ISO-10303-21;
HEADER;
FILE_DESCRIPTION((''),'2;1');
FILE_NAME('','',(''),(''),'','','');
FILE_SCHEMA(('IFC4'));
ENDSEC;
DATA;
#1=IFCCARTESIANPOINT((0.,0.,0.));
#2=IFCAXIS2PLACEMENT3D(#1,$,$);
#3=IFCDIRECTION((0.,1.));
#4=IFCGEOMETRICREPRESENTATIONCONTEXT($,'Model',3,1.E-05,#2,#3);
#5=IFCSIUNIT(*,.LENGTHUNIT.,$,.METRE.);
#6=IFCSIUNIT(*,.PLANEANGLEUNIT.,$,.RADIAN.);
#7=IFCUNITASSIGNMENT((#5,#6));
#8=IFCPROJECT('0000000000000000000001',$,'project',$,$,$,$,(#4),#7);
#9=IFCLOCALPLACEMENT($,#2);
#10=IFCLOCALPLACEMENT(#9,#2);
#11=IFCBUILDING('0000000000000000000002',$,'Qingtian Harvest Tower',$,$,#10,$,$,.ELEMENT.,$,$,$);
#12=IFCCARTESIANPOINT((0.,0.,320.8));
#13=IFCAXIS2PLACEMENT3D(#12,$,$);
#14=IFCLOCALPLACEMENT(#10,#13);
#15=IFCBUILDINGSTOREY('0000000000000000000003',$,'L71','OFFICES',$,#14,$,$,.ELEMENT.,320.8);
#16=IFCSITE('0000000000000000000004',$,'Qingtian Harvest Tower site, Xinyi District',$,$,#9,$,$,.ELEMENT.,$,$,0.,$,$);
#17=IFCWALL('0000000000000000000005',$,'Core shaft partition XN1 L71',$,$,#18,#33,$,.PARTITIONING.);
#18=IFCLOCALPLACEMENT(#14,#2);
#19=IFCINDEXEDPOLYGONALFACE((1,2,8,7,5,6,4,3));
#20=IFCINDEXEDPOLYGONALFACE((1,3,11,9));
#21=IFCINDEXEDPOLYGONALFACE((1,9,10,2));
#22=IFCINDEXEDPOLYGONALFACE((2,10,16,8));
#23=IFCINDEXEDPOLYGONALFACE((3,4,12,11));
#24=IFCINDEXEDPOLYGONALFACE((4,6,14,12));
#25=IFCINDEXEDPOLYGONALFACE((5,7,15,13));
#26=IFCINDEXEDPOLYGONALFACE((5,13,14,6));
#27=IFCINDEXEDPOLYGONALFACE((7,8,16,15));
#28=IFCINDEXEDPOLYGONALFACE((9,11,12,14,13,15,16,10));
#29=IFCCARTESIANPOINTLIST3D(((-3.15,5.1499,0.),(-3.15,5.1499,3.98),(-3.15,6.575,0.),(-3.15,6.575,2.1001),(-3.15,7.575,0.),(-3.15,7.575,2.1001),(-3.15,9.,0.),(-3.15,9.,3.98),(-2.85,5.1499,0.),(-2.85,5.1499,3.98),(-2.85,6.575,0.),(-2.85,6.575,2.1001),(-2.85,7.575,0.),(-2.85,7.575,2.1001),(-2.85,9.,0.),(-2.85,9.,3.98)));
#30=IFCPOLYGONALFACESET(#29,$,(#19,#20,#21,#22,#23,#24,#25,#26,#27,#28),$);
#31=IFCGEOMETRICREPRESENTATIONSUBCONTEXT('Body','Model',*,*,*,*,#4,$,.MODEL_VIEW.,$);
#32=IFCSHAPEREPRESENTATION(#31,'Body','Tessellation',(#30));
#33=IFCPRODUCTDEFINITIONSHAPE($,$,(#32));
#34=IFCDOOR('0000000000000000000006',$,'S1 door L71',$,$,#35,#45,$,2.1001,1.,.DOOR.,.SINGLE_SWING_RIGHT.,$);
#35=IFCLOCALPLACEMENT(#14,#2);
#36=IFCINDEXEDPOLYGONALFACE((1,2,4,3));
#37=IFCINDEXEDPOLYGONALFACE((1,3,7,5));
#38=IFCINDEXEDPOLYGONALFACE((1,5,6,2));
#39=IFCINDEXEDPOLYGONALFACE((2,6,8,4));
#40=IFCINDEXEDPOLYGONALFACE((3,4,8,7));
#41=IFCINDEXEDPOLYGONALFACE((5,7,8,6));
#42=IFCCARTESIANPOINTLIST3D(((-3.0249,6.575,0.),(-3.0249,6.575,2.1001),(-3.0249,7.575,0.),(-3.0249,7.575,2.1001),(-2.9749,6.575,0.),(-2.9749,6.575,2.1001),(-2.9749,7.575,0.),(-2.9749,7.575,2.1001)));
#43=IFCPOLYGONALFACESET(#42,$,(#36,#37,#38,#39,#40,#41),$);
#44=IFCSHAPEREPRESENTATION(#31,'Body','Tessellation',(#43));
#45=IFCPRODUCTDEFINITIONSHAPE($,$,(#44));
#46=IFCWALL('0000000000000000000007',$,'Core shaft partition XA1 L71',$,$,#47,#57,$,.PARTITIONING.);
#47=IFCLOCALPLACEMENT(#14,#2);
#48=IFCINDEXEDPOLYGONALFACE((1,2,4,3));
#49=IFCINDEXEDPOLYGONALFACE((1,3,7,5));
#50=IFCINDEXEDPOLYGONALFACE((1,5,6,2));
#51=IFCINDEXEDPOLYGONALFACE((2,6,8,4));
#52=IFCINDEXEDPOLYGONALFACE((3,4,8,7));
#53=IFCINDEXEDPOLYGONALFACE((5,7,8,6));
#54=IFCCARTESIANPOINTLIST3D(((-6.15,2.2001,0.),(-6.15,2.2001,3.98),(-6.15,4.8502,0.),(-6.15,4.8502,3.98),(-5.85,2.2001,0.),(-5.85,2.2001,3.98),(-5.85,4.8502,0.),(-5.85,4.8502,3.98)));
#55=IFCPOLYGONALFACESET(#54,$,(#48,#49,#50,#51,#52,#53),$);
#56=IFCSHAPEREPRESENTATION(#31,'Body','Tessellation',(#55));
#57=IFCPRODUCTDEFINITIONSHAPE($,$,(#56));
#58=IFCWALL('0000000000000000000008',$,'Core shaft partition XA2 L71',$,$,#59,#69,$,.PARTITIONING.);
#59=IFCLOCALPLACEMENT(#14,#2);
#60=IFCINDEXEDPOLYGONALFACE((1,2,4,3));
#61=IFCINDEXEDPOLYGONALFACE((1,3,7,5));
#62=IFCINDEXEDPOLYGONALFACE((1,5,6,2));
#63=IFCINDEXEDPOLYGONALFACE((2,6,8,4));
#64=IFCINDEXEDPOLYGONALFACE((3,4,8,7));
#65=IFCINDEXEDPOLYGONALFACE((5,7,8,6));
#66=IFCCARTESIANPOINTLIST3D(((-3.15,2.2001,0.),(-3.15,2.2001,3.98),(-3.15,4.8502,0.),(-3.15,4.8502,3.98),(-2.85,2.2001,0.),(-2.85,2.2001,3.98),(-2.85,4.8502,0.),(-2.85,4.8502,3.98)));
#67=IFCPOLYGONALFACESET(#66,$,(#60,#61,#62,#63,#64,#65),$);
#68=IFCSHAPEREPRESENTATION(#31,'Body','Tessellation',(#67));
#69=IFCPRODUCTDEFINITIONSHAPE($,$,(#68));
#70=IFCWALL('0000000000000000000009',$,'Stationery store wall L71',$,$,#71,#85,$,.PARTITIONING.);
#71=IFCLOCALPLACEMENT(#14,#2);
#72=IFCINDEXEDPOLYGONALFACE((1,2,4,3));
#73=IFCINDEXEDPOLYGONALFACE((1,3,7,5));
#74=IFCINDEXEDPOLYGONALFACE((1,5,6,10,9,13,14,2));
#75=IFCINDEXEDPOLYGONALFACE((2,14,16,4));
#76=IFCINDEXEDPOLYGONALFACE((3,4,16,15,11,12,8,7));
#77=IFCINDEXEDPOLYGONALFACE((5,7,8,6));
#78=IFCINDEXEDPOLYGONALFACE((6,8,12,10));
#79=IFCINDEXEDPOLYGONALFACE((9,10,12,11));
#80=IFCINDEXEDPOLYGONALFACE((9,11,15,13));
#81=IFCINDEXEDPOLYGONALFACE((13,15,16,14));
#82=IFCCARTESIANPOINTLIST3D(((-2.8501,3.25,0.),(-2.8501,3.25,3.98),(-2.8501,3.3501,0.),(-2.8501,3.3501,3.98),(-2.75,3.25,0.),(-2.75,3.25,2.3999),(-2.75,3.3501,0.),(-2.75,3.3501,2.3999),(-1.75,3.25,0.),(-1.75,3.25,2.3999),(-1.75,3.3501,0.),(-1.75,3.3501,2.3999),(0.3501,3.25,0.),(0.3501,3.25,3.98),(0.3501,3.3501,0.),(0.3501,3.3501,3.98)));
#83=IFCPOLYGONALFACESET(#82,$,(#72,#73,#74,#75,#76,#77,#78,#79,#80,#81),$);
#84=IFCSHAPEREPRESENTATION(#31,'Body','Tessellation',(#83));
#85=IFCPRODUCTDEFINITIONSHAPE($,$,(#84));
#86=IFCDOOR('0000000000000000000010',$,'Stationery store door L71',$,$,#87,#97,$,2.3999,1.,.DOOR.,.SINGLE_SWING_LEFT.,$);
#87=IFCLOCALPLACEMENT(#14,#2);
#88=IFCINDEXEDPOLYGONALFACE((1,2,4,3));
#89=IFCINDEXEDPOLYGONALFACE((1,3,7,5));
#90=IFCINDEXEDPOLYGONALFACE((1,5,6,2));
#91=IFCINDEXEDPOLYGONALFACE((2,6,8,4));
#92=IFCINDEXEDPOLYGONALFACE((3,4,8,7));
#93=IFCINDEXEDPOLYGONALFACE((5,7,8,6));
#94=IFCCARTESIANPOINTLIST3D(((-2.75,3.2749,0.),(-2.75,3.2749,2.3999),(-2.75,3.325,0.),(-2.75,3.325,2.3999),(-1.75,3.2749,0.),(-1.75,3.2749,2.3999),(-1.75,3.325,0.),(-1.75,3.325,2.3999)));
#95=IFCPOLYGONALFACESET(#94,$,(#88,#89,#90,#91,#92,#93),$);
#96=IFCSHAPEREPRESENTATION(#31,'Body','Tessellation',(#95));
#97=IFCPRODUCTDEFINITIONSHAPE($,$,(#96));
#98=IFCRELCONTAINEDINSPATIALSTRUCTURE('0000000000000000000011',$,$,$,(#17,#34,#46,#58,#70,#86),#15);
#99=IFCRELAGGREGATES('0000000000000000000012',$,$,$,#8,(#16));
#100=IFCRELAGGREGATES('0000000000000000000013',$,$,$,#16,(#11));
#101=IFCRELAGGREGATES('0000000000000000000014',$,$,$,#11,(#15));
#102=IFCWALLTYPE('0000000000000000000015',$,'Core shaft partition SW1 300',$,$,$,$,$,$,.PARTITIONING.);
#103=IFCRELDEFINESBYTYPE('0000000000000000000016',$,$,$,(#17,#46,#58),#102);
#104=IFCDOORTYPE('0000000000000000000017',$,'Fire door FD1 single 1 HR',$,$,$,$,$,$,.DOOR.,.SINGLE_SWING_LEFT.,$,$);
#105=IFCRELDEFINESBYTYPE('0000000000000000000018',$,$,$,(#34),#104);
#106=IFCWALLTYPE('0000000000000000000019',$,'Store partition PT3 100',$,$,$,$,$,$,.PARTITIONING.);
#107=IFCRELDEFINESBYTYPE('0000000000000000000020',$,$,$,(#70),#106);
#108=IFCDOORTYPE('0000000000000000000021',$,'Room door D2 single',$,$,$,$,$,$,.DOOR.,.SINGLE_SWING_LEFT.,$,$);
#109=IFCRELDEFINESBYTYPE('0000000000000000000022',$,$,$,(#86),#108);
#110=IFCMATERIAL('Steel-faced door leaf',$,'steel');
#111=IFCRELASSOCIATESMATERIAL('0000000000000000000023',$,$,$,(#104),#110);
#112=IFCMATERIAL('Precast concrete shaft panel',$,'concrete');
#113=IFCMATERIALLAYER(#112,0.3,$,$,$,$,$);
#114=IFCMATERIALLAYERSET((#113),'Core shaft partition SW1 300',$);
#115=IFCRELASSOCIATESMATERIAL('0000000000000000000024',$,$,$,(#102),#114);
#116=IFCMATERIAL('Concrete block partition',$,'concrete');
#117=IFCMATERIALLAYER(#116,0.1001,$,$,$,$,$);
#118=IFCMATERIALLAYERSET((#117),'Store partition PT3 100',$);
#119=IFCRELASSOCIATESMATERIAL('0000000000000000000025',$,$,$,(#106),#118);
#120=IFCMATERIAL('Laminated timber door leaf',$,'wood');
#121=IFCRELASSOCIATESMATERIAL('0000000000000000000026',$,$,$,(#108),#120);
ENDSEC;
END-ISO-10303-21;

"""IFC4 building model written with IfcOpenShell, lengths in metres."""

from ifc_helpers import new_model, si_unit, direction, frame, frame_2d, origin, place, context, subcontext, project, spatial, rectangle, extrude, material, layer, layer_set, type_object, element, fill, save


model = new_model("IFC4")

# Units and contexts
model_context = context("Model", 3, precision=1e-05, world=origin(), true_north=direction((0.0, 1.0)))
body_context = subcontext(model_context, "Body", "Model", "MODEL_VIEW")
ifc_project = project(units=[si_unit("LENGTHUNIT", "METRE"), si_unit("PLANEANGLEUNIT", "RADIAN")], contexts=[model_context])

# Site, building, storey
site_placement = place(None, origin())
site = spatial("IfcSite", under=ifc_project, at=site_placement, Name="Qingtian Harvest Tower site, Xinyi District", CompositionType="ELEMENT", RefElevation=0.0)
building_placement = place(site_placement, origin())
building = spatial("IfcBuilding", under=site, at=building_placement, Name="Qingtian Harvest Tower", CompositionType="ELEMENT")
storey_placement = place(building_placement, frame((0.0, 0.0, 320.8)))
storey = spatial("IfcBuildingStorey", under=building, at=storey_placement, Name="L71", Description="OFFICES", CompositionType="ELEMENT", Elevation=320.8)

# Shared definitions
ifc_material_1 = material(Name="Steel-faced door leaf", Category="steel")
door_type_1 = type_object("IfcDoorType", Name="Fire door FD1 single 1 HR", OperationType="SINGLE_SWING_LEFT", PredefinedType="DOOR", material=ifc_material_1)

# Wall, opening, door
ifc_material_2 = material(Name="Precast concrete shaft panel", Category="concrete")
ifc_layer_1 = layer(ifc_material_2, 0.3)
ifc_layer_set_1 = layer_set([ifc_layer_1], Name="Core shaft partition SW1 300")
wall_type_1 = type_object("IfcWallType", Name="Core shaft partition SW1 300", PredefinedType="PARTITIONING", material=ifc_layer_set_1)
wall_1_placement = place(storey_placement, frame((-3.0, 5.1499, 0.0), z_axis=(0.0, 0.0, 1.0), x_axis=(0.0, 1.0, 0.0)))
wall_1 = element("IfcWall", 1, at=wall_1_placement, inside=storey, type_object=wall_type_1, Name="Core shaft partition XN1 L71", PredefinedType="PARTITIONING", context=body_context, shape_type="SweptSolid", body=[
    extrude(rectangle(XDim=3.8501, YDim=0.3, at=frame_2d((1.925, 0.0))), origin(), (0.0, 0.0, 1.0), 3.98),
])
opening_1_placement = place(wall_1_placement, frame((1.425, 0.0, 0.0)))
opening_1 = element("IfcOpeningElement", 2, at=opening_1_placement, cuts=wall_1, PredefinedType="OPENING", context=body_context, shape_type="SweptSolid", body=[
    extrude(rectangle(XDim=1.0, YDim=2.1001, at=frame_2d((0.5, 1.05))), frame((0.0, 0.1599, 0.0), z_axis=(0.0, -1.0, 0.0), x_axis=(1.0, 0.0, 0.0)), (0.0, 0.0, 1.0), 0.3201),
])
door_1_placement = place(opening_1_placement, origin())
door_1 = element("IfcDoor", 3, at=door_1_placement, inside=storey, type_object=door_type_1, Name="S1 door L71", OperationType="SINGLE_SWING_RIGHT", OverallHeight=2.1001, OverallWidth=1.0, PredefinedType="DOOR", context=body_context, shape_type="SweptSolid", body=[
    extrude(rectangle(XDim=1.0, YDim=2.1001, at=frame_2d((0.5, 1.05))), frame((0.0, 0.0249, 0.0), z_axis=(0.0, -1.0, 0.0), x_axis=(1.0, 0.0, 0.0)), (0.0, 0.0, 1.0), 0.05),
])
fill(opening_1, door_1)

# Walls
for number, where, z_axis, x_axis, name in (
    (4, (-6.0, 2.2, 0.0), (0.0, 0.0, 1.0), (0.0, 1.0, 0.0), "Core shaft partition XA1 L71"),
    (5, (-3.0, 2.2, 0.0), (0.0, 0.0, 1.0), (0.0, 1.0, 0.0), "Core shaft partition XA2 L71"),
):
    element("IfcWall", number, at=place(storey_placement, frame(where, z_axis=z_axis, x_axis=x_axis)), inside=storey, type_object=wall_type_1, Name=name, PredefinedType="PARTITIONING", context=body_context, shape_type="SweptSolid", body=[
        extrude(rectangle(XDim=2.6501, YDim=0.3, at=frame_2d((1.3252, 0.0))), origin(), (0.0, 0.0, 1.0), 3.98),
    ])

# Wall, opening, door
ifc_material_3 = material(Name="Concrete block partition", Category="concrete")
ifc_layer_2 = layer(ifc_material_3, 0.1001)
ifc_layer_set_2 = layer_set([ifc_layer_2], Name="Store partition PT3 100")
wall_type_2 = type_object("IfcWallType", Name="Store partition PT3 100", PredefinedType="PARTITIONING", material=ifc_layer_set_2)
wall_2_placement = place(storey_placement, frame((-2.8501, 3.3, 0.0), z_axis=(0.0, 0.0, 1.0), x_axis=(1.0, 0.0, 0.0)))
wall_2 = element("IfcWall", 6, at=wall_2_placement, inside=storey, type_object=wall_type_2, Name="Stationery store wall L71", PredefinedType="PARTITIONING", context=body_context, shape_type="SweptSolid", body=[
    extrude(rectangle(XDim=3.2002, YDim=0.1001, at=frame_2d((1.6001, 0.0))), origin(), (0.0, 0.0, 1.0), 3.98),
])
opening_2_placement = place(wall_2_placement, frame((0.1001, 0.0, 0.0)))
opening_2 = element("IfcOpeningElement", 7, at=opening_2_placement, cuts=wall_2, PredefinedType="OPENING", context=body_context, shape_type="SweptSolid", body=[
    extrude(rectangle(XDim=1.0, YDim=2.3999, at=frame_2d((0.5, 1.2))), frame((0.0, 0.0601, 0.0), z_axis=(0.0, -1.0, 0.0), x_axis=(1.0, 0.0, 0.0)), (0.0, 0.0, 1.0), 0.1201),
])
ifc_material_4 = material(Name="Laminated timber door leaf", Category="wood")
door_type_2 = type_object("IfcDoorType", Name="Room door D2 single", OperationType="SINGLE_SWING_LEFT", PredefinedType="DOOR", material=ifc_material_4)
door_2_placement = place(opening_2_placement, origin())
door_2 = element("IfcDoor", 8, at=door_2_placement, inside=storey, type_object=door_type_2, Name="Stationery store door L71", OperationType="SINGLE_SWING_LEFT", OverallHeight=2.3999, OverallWidth=1.0, PredefinedType="DOOR", context=body_context, shape_type="SweptSolid", body=[
    extrude(rectangle(XDim=1.0, YDim=2.3999, at=frame_2d((0.5, 1.2))), frame((0.0, 0.0249, 0.0), z_axis=(0.0, -1.0, 0.0), x_axis=(1.0, 0.0, 0.0)), (0.0, 0.0, 1.0), 0.05),
])
fill(opening_2, door_2)

save(model, "model.ifc")
